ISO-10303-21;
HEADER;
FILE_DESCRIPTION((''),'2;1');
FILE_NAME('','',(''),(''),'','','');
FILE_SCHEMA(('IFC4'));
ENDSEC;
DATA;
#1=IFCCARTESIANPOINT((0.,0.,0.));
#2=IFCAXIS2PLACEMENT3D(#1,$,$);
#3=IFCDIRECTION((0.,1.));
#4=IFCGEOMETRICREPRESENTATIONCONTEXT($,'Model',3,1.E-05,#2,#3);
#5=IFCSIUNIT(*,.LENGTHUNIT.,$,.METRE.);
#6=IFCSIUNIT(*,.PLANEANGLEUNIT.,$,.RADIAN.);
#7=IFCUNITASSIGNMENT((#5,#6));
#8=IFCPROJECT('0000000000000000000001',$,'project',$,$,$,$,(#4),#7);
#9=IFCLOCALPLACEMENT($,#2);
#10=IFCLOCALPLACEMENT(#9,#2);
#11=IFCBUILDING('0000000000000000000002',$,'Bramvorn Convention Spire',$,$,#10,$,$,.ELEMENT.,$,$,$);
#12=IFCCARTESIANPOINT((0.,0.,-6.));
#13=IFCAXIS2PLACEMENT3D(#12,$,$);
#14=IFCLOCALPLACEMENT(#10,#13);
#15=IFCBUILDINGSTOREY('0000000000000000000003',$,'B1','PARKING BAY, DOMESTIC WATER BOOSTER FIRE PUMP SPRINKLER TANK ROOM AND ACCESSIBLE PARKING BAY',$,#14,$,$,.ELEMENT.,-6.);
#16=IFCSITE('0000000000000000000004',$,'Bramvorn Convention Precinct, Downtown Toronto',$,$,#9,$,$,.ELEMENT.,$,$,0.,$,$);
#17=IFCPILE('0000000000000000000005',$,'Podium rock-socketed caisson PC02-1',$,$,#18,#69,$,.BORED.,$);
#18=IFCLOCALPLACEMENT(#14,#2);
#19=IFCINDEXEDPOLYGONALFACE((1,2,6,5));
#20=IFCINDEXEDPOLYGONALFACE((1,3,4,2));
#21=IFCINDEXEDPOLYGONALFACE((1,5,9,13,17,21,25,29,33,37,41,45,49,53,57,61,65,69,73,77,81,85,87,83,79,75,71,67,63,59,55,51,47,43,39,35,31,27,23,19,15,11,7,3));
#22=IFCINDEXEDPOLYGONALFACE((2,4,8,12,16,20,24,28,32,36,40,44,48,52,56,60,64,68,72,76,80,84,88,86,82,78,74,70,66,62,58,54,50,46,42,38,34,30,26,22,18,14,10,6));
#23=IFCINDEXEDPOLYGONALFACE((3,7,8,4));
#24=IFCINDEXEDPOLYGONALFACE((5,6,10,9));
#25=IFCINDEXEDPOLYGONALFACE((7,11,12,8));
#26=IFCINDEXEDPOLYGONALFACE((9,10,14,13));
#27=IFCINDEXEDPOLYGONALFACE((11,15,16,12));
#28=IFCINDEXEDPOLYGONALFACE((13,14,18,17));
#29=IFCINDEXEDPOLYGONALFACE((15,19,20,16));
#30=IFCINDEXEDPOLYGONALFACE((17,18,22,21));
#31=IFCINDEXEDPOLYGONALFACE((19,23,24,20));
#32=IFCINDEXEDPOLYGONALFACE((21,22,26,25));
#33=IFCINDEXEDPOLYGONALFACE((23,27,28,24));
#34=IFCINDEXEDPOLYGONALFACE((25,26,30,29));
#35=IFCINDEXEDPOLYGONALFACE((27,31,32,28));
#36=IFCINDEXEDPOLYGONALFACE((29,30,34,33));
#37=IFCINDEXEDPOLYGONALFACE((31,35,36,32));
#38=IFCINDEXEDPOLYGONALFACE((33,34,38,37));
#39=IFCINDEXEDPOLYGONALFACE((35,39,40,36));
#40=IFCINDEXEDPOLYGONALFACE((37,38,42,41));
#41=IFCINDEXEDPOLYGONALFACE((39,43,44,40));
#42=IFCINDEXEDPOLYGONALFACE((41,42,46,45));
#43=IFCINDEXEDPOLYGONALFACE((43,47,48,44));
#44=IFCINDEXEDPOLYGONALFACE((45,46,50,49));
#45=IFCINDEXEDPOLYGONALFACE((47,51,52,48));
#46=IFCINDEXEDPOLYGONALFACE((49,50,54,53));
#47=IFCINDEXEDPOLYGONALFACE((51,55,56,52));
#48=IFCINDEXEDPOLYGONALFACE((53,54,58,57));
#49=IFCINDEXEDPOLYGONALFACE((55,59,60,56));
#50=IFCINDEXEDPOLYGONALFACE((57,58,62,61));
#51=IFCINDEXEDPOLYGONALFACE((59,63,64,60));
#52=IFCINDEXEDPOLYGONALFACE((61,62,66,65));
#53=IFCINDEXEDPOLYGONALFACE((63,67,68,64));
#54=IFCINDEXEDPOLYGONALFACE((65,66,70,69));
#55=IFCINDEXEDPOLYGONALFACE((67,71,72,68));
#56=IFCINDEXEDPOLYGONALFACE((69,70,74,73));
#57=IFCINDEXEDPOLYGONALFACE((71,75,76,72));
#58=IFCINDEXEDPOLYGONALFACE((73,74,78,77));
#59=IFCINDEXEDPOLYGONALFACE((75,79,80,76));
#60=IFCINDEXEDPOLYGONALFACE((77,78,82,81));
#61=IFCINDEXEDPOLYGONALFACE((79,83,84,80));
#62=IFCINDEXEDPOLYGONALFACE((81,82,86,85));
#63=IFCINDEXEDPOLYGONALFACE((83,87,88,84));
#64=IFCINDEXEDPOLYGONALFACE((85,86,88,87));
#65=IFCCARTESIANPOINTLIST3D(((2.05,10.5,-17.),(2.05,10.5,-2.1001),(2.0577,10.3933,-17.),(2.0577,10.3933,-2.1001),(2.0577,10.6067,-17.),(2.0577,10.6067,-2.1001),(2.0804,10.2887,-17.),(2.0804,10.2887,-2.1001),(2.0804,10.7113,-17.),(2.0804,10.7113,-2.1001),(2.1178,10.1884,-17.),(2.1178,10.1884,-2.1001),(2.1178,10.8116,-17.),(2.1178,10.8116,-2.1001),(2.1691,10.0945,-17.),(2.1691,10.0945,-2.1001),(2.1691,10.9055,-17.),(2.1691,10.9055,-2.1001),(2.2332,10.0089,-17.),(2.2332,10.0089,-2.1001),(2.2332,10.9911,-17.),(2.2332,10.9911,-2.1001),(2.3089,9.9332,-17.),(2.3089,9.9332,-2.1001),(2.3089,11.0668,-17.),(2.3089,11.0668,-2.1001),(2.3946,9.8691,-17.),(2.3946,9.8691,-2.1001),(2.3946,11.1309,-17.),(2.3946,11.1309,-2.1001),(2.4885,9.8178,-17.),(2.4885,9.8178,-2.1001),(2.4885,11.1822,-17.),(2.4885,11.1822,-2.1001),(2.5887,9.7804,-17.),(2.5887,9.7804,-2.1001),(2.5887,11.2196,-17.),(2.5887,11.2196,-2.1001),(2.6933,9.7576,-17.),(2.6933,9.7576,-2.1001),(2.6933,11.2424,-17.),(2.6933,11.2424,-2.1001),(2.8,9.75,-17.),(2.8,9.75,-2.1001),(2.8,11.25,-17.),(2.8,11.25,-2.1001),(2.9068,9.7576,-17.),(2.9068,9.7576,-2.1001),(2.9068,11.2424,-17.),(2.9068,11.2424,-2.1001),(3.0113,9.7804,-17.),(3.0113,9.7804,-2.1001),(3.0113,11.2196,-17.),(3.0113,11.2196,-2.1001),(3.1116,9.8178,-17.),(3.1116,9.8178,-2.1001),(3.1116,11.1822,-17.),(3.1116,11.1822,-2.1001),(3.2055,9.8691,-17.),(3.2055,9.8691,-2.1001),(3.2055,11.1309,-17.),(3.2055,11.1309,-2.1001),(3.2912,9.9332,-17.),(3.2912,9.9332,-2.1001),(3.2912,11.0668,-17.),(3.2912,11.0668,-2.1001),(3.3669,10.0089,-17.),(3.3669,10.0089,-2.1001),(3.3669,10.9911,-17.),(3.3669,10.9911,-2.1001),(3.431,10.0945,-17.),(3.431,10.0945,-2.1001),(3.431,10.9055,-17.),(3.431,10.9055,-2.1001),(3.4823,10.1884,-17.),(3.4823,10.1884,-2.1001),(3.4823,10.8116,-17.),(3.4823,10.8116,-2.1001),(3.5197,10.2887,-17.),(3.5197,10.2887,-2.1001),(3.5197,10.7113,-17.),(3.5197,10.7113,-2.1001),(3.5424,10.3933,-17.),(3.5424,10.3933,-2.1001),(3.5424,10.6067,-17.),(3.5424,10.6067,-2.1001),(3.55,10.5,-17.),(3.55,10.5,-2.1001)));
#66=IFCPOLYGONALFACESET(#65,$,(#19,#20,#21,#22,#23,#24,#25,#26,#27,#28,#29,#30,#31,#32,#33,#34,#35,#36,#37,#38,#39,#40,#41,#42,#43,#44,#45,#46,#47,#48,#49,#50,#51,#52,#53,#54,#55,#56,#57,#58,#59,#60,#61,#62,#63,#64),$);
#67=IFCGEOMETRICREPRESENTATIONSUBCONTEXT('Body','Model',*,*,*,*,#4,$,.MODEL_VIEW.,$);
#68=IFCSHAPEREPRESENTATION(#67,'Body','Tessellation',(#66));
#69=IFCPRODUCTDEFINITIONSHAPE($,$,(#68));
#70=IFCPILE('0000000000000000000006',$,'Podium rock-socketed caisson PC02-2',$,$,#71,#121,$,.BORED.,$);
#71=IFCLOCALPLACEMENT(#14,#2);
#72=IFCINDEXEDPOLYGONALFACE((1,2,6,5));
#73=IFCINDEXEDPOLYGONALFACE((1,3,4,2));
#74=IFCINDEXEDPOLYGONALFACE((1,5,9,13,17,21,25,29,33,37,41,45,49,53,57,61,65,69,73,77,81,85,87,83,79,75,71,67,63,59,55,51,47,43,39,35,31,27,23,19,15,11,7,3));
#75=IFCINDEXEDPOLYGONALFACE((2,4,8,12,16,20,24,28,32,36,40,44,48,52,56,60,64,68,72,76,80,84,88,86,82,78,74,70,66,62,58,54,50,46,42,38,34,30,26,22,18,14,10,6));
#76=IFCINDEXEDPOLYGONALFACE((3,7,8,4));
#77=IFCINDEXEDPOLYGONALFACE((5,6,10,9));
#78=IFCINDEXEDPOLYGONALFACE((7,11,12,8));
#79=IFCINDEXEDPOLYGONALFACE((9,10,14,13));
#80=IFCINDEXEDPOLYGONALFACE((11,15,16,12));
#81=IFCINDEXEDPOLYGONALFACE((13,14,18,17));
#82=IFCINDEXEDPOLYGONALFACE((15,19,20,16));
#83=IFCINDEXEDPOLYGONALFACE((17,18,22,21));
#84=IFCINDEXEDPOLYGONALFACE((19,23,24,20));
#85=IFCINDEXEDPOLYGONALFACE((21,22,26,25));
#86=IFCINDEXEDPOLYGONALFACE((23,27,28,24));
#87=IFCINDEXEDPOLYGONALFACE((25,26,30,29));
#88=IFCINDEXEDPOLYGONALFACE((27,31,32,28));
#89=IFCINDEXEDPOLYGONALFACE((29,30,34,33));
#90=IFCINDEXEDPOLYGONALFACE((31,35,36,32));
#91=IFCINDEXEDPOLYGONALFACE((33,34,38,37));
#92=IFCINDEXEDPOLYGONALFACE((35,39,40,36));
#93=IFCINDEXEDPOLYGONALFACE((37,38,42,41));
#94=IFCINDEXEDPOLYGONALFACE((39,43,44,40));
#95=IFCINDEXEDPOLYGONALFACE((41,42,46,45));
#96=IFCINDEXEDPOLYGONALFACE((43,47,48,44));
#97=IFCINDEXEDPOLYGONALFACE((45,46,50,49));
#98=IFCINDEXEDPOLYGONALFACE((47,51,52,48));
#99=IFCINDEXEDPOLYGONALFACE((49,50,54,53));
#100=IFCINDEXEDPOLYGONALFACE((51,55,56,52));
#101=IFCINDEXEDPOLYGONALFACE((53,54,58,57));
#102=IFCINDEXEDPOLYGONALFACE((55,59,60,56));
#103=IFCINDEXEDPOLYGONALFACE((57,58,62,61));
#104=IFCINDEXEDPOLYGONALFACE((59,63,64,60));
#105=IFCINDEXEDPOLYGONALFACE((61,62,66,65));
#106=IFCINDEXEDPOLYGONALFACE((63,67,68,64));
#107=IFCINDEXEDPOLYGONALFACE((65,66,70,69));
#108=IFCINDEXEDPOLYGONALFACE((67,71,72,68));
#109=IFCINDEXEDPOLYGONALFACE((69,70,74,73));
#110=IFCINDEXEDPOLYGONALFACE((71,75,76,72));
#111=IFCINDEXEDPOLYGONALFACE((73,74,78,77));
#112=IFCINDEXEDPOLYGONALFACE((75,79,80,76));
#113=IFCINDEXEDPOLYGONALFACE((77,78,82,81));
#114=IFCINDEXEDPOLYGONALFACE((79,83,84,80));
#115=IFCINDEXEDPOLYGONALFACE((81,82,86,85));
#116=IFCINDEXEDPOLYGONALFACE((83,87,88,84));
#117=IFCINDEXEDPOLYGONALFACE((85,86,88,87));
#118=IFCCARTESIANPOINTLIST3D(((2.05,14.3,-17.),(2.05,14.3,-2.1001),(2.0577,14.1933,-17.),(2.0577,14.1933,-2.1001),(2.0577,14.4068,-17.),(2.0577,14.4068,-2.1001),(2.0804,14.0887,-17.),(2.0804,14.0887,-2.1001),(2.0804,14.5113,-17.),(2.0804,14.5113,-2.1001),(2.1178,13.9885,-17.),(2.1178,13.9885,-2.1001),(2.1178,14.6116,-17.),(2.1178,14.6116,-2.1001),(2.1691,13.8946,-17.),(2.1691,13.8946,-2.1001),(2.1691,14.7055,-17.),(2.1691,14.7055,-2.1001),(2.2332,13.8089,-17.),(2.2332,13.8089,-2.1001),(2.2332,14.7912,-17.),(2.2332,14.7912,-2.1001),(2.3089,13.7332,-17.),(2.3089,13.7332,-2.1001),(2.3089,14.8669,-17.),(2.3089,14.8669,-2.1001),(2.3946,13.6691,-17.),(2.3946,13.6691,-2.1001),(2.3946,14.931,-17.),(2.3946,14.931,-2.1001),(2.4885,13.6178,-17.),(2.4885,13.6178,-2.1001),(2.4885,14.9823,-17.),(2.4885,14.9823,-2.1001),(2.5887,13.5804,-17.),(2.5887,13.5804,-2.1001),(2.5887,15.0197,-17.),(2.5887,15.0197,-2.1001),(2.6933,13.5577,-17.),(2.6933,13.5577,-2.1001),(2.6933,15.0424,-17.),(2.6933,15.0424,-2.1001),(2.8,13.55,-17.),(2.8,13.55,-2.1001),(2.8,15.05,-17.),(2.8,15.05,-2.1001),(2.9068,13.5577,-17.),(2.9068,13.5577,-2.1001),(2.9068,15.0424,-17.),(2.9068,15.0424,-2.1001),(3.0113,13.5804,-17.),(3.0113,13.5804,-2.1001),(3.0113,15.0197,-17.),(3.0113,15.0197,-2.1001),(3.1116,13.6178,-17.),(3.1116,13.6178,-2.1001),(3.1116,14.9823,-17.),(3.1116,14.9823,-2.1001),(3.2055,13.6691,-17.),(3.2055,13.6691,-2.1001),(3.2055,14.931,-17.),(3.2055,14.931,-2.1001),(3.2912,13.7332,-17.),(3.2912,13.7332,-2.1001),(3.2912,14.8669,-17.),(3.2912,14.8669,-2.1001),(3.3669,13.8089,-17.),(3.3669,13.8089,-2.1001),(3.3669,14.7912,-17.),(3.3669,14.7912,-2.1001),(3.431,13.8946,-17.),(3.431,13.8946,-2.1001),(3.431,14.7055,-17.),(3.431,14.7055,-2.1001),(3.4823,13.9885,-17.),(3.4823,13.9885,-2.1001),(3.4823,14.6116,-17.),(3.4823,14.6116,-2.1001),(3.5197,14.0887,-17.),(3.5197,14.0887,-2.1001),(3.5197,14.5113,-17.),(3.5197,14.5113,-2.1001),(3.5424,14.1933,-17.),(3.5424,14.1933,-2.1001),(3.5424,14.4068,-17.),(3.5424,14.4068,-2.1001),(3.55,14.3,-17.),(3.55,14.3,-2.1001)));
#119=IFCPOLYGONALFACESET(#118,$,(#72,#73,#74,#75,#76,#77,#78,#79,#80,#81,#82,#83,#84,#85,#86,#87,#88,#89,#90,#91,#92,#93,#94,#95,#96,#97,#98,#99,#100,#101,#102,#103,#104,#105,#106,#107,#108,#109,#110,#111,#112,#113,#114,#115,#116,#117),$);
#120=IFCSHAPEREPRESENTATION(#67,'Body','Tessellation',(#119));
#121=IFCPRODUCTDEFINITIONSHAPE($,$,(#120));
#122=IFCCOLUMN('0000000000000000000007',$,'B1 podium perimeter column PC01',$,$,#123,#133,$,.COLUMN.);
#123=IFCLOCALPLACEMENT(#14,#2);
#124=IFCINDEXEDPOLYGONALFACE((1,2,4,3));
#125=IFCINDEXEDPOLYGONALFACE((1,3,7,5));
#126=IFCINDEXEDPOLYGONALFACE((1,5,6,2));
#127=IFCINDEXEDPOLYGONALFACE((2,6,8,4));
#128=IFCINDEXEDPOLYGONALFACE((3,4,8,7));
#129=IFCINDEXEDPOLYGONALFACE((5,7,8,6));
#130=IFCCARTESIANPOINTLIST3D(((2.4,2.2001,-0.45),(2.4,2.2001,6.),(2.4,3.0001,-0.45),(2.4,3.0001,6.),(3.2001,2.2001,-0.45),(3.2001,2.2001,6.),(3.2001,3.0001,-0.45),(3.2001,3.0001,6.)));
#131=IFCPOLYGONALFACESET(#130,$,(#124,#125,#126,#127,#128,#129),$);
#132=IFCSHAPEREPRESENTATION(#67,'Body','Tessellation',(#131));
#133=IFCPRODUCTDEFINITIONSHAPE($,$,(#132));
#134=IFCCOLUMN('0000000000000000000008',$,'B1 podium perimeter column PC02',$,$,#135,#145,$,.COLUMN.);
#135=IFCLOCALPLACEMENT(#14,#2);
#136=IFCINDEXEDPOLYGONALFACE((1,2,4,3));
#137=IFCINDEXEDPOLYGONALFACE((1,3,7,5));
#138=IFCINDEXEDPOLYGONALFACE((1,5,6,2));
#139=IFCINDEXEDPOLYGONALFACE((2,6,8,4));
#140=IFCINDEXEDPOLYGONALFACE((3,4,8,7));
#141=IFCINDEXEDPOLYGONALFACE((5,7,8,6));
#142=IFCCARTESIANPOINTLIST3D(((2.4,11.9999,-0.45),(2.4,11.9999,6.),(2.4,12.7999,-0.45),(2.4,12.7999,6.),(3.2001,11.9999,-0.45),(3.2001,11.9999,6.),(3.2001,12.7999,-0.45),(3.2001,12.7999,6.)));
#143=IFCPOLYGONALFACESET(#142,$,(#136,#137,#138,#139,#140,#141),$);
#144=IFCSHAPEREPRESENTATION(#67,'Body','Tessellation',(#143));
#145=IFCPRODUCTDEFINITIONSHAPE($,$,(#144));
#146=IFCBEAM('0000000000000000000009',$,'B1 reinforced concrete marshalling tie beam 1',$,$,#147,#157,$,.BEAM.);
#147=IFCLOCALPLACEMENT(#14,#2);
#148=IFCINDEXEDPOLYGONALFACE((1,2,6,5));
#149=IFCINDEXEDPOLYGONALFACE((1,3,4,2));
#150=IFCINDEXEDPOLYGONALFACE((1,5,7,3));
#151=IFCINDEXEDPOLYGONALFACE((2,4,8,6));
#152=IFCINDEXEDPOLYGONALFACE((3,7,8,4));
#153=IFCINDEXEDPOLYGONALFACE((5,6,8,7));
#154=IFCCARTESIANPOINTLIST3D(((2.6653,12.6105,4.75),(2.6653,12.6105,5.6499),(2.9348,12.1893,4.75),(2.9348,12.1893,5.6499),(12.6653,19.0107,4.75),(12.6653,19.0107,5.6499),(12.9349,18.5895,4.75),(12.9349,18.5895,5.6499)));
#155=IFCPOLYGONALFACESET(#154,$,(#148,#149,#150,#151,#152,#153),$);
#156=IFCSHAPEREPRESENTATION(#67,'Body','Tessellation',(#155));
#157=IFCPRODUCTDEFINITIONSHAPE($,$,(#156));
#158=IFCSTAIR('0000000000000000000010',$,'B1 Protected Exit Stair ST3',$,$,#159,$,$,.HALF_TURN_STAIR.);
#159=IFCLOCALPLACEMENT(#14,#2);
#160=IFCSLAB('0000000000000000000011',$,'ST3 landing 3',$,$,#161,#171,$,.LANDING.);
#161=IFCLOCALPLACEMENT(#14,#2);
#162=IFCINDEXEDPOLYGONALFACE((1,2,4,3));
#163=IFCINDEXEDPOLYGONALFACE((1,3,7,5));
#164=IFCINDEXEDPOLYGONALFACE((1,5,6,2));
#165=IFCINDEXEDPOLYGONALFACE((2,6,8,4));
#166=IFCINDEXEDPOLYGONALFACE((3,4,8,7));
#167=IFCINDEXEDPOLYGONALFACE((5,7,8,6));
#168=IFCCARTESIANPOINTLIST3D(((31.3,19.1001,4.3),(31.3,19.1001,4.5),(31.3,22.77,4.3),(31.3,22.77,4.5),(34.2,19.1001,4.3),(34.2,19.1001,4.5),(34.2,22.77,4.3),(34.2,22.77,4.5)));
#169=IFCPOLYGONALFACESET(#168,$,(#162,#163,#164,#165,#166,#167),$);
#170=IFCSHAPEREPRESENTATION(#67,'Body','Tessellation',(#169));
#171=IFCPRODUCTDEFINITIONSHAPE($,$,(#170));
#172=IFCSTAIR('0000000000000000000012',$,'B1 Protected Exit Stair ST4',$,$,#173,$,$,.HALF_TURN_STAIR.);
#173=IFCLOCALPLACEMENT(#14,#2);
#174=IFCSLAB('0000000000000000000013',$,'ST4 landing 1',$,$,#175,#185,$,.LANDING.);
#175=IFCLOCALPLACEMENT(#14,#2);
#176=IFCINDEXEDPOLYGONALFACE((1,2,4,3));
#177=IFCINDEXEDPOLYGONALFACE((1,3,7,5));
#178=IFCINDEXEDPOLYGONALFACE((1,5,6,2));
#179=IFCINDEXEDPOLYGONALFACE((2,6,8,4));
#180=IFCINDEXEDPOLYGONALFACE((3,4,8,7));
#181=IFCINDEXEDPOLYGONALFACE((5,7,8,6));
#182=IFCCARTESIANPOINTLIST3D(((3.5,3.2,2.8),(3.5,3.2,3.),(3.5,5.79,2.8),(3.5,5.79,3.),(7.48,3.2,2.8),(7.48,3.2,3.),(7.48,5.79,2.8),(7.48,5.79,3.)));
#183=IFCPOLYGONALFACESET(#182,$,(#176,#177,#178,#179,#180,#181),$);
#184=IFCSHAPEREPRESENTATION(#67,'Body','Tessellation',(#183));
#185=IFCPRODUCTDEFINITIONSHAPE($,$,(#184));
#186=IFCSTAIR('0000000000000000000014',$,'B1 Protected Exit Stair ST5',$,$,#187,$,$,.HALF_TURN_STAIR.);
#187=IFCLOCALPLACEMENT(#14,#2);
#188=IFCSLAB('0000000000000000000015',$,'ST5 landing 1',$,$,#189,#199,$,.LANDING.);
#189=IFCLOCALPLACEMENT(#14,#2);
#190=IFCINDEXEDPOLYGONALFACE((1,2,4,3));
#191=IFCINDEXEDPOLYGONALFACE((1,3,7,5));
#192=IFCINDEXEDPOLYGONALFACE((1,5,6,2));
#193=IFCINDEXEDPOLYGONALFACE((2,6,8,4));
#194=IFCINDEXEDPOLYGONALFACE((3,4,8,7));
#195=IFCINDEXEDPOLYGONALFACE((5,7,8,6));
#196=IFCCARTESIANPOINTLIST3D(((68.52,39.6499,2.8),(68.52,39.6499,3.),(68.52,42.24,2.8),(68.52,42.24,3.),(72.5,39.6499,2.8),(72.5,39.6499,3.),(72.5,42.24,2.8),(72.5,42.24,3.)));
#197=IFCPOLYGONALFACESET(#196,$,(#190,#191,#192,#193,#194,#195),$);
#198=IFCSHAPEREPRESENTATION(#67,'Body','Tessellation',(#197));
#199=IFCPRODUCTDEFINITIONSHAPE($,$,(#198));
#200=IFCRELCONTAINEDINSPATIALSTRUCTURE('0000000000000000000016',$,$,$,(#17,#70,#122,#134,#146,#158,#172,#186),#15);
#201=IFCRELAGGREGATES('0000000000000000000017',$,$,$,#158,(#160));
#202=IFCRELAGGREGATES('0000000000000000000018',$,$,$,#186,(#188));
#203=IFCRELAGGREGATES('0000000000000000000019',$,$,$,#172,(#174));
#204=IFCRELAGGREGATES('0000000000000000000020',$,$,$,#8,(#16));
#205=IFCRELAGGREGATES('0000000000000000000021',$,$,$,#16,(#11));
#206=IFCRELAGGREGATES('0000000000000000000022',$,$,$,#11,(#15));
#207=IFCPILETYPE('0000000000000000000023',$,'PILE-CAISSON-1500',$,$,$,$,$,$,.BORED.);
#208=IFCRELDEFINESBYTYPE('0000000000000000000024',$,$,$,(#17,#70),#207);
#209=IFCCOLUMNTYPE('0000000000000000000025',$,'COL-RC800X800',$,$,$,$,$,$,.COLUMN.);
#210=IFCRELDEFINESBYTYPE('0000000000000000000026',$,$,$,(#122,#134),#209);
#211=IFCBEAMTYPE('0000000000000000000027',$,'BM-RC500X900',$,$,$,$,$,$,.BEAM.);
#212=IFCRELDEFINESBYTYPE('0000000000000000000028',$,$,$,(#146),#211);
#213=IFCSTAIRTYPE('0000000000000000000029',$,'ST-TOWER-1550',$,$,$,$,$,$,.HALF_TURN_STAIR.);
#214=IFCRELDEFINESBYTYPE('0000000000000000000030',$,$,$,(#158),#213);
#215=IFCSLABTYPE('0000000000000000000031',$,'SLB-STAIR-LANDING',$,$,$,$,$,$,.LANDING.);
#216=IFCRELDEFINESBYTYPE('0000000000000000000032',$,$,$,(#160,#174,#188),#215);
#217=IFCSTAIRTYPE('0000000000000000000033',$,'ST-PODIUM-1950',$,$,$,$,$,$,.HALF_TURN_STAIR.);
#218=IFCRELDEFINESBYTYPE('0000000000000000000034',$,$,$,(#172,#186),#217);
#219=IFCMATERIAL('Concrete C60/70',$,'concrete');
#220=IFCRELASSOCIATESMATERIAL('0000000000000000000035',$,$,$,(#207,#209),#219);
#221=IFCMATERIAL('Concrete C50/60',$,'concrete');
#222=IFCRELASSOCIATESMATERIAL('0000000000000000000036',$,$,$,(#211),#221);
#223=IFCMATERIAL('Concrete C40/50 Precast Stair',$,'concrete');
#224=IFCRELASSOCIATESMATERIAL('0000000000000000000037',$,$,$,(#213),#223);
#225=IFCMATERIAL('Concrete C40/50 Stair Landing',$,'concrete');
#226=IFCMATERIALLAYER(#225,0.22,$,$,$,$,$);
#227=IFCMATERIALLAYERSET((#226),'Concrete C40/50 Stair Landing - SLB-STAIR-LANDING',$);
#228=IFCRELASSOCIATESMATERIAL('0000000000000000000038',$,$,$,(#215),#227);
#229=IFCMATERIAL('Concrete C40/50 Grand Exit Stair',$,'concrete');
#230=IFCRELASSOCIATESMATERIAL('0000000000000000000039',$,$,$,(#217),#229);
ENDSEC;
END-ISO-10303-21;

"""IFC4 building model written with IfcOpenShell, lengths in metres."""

from ifc_helpers import new_model, si_unit, direction, frame, origin, origin_2d, place, context, subcontext, project, spatial, polyline, rectangle, circle, outline, extrude, material, layer, layer_set, material_profile, profile_set, type_object, element, aggregate, save


model = new_model("IFC4")

# Units and contexts
model_context = context("Model", 3, precision=1e-05, world=origin(), true_north=direction((0.0, 1.0)))
body_context = subcontext(model_context, "Body", "Model", "MODEL_VIEW")
ifc_project = project(units=[si_unit("LENGTHUNIT", "METRE"), si_unit("PLANEANGLEUNIT", "RADIAN")], contexts=[model_context])

# Site, building, storey
site_placement = place(None, origin())
site = spatial("IfcSite", under=ifc_project, at=site_placement, Name="Bramvorn Convention Precinct, Downtown Toronto", CompositionType="ELEMENT", RefElevation=0.0)
building_placement = place(site_placement, origin())
building = spatial("IfcBuilding", under=site, at=building_placement, Name="Bramvorn Convention Spire", CompositionType="ELEMENT")
storey_placement = place(building_placement, frame((0.0, 0.0, -6.0)))
storey = spatial("IfcBuildingStorey", under=building, at=storey_placement, Name="B1", Description="PARKING BAY, DOMESTIC WATER BOOSTER FIRE PUMP SPRINKLER TANK ROOM AND ACCESSIBLE PARKING BAY", CompositionType="ELEMENT", Elevation=-6.0)

# Shared definitions
ifc_material_1 = material(Name="Concrete C60/70", Category="concrete")

# Piles
ifc_material_profile_1 = material_profile(ifc_material_1, circle(Radius=0.75, at=origin_2d()))
ifc_profile_set_1 = profile_set([ifc_material_profile_1], Name="Concrete C60/70 - CAISSON1500")
pile_type = type_object("IfcPileType", Name="PILE-CAISSON-1500", PredefinedType="BORED", material=ifc_profile_set_1)
for number, where, z_axis, x_axis, name in (
    (1, (2.8, 10.5, -2.1001), (0.0, 0.0, -1.0), (1.0, 0.0, 0.0), "Podium rock-socketed caisson PC02-1"),
    (2, (2.8, 14.3, -2.1001), (0.0, 0.0, -1.0), (1.0, 0.0, 0.0), "Podium rock-socketed caisson PC02-2"),
):
    element("IfcPile", number, at=place(storey_placement, frame(where, z_axis=z_axis, x_axis=x_axis)), inside=storey, type_object=pile_type, Name=name, PredefinedType="BORED", context=body_context, shape_type="SweptSolid", body=[
        extrude(circle(Radius=0.75, at=origin_2d()), origin(), (0.0, 0.0, 1.0), 14.8999),
    ])

# Columns
ifc_material_profile_2 = material_profile(ifc_material_1, rectangle(XDim=0.8, YDim=0.8, at=origin_2d()))
ifc_profile_set_2 = profile_set([ifc_material_profile_2], Name="Concrete C60/70 - RC800X800")
column_type = type_object("IfcColumnType", Name="COL-RC800X800", PredefinedType="COLUMN", material=ifc_profile_set_2)
for number, where, z_axis, x_axis, name in (
    (3, (2.8, 2.6001, -0.45), (0.0, 0.0, 1.0), (1.0, 0.0, 0.0), "B1 podium perimeter column PC01"),
    (4, (2.8, 12.3999, -0.45), (0.0, 0.0, 1.0), (1.0, 0.0, 0.0), "B1 podium perimeter column PC02"),
):
    element("IfcColumn", number, at=place(storey_placement, frame(where, z_axis=z_axis, x_axis=x_axis)), inside=storey, type_object=column_type, Name=name, PredefinedType="COLUMN", context=body_context, shape_type="SweptSolid", body=[
        extrude(rectangle(XDim=0.8, YDim=0.8, at=origin_2d()), origin(), (0.0, 0.0, 1.0), 6.45),
    ])

# Beam
ifc_material_2 = material(Name="Concrete C50/60", Category="concrete")
ifc_material_profile_3 = material_profile(ifc_material_2, rectangle(XDim=0.5, YDim=0.8999, at=origin_2d()))
ifc_profile_set_3 = profile_set([ifc_material_profile_3], Name="Concrete C50/60 - RC500X900")
beam_type = type_object("IfcBeamType", Name="BM-RC500X900", PredefinedType="BEAM", material=ifc_profile_set_3)
beam_placement = place(storey_placement, frame((2.8, 12.3999, 5.2), z_axis=(0.842266, 0.539062, 0.0), x_axis=(-0.539062, 0.842266, 0.0)))
element("IfcBeam", 5, at=beam_placement, inside=storey, type_object=beam_type, Name="B1 reinforced concrete marshalling tie beam 1", PredefinedType="BEAM", context=body_context, shape_type="SweptSolid", body=[
    extrude(rectangle(XDim=0.5, YDim=0.8999, at=origin_2d()), origin(), (0.0, 0.0, 1.0), 11.8728),
])

# Stairs, slabs
ifc_material_3 = material(Name="Concrete C40/50 Precast Stair", Category="concrete")
stair_type_1 = type_object("IfcStairType", Name="ST-TOWER-1550", PredefinedType="HALF_TURN_STAIR", material=ifc_material_3)
stair_1_placement = place(storey_placement, origin())
stair_1 = element("IfcStair", 6, at=stair_1_placement, inside=storey, type_object=stair_type_1, Name="B1 Protected Exit Stair ST3", PredefinedType="HALF_TURN_STAIR")
ifc_material_4 = material(Name="Concrete C40/50 Stair Landing", Category="concrete")
ifc_layer_1 = layer(ifc_material_4, 0.22)
ifc_layer_set_1 = layer_set([ifc_layer_1], Name="Concrete C40/50 Stair Landing - SLB-STAIR-LANDING")
slab_type = type_object("IfcSlabType", Name="SLB-STAIR-LANDING", PredefinedType="LANDING", material=ifc_layer_set_1)
slab_1_placement = place(storey_placement, frame((0.0, 0.0, 4.3)))
slab_1 = element("IfcSlab", 7, at=slab_1_placement, type_object=slab_type, Name="ST3 landing 3", PredefinedType="LANDING", context=body_context, shape_type="SweptSolid", body=[
    extrude(outline(polyline([(31.3, 22.77), (31.3, 19.1001), (34.2, 19.1001), (34.2, 22.77), (31.3, 22.77)])), origin(), (0.0, 0.0, 1.0), 0.2),
])
aggregate(stair_1, [slab_1])
ifc_material_5 = material(Name="Concrete C40/50 Grand Exit Stair", Category="concrete")
stair_type_2 = type_object("IfcStairType", Name="ST-PODIUM-1950", PredefinedType="HALF_TURN_STAIR", material=ifc_material_5)
stair_2_placement = place(storey_placement, origin())
stair_2 = element("IfcStair", 8, at=stair_2_placement, inside=storey, type_object=stair_type_2, Name="B1 Protected Exit Stair ST4", PredefinedType="HALF_TURN_STAIR")
slab_2_placement = place(storey_placement, frame((0.0, 0.0, 2.8)))
slab_2 = element("IfcSlab", 9, at=slab_2_placement, type_object=slab_type, Name="ST4 landing 1", PredefinedType="LANDING", context=body_context, shape_type="SweptSolid", body=[
    extrude(outline(polyline([(3.5, 5.79), (3.5, 3.2), (7.48, 3.2), (7.48, 5.79), (3.5, 5.79)])), origin(), (0.0, 0.0, 1.0), 0.2),
])
stair_3_placement = place(storey_placement, origin())
stair_3 = element("IfcStair", 10, at=stair_3_placement, inside=storey, type_object=stair_type_2, Name="B1 Protected Exit Stair ST5", PredefinedType="HALF_TURN_STAIR")
slab_3_placement = place(storey_placement, frame((0.0, 0.0, 2.8)))
slab_3 = element("IfcSlab", 11, at=slab_3_placement, type_object=slab_type, Name="ST5 landing 1", PredefinedType="LANDING", context=body_context, shape_type="SweptSolid", body=[
    extrude(outline(polyline([(68.52, 42.24), (68.52, 39.6499), (72.5, 39.6499), (72.5, 42.24), (68.52, 42.24)])), origin(), (0.0, 0.0, 1.0), 0.2),
])
aggregate(stair_3, [slab_3])

aggregate(stair_2, [slab_2])

save(model, "model.ifc")
